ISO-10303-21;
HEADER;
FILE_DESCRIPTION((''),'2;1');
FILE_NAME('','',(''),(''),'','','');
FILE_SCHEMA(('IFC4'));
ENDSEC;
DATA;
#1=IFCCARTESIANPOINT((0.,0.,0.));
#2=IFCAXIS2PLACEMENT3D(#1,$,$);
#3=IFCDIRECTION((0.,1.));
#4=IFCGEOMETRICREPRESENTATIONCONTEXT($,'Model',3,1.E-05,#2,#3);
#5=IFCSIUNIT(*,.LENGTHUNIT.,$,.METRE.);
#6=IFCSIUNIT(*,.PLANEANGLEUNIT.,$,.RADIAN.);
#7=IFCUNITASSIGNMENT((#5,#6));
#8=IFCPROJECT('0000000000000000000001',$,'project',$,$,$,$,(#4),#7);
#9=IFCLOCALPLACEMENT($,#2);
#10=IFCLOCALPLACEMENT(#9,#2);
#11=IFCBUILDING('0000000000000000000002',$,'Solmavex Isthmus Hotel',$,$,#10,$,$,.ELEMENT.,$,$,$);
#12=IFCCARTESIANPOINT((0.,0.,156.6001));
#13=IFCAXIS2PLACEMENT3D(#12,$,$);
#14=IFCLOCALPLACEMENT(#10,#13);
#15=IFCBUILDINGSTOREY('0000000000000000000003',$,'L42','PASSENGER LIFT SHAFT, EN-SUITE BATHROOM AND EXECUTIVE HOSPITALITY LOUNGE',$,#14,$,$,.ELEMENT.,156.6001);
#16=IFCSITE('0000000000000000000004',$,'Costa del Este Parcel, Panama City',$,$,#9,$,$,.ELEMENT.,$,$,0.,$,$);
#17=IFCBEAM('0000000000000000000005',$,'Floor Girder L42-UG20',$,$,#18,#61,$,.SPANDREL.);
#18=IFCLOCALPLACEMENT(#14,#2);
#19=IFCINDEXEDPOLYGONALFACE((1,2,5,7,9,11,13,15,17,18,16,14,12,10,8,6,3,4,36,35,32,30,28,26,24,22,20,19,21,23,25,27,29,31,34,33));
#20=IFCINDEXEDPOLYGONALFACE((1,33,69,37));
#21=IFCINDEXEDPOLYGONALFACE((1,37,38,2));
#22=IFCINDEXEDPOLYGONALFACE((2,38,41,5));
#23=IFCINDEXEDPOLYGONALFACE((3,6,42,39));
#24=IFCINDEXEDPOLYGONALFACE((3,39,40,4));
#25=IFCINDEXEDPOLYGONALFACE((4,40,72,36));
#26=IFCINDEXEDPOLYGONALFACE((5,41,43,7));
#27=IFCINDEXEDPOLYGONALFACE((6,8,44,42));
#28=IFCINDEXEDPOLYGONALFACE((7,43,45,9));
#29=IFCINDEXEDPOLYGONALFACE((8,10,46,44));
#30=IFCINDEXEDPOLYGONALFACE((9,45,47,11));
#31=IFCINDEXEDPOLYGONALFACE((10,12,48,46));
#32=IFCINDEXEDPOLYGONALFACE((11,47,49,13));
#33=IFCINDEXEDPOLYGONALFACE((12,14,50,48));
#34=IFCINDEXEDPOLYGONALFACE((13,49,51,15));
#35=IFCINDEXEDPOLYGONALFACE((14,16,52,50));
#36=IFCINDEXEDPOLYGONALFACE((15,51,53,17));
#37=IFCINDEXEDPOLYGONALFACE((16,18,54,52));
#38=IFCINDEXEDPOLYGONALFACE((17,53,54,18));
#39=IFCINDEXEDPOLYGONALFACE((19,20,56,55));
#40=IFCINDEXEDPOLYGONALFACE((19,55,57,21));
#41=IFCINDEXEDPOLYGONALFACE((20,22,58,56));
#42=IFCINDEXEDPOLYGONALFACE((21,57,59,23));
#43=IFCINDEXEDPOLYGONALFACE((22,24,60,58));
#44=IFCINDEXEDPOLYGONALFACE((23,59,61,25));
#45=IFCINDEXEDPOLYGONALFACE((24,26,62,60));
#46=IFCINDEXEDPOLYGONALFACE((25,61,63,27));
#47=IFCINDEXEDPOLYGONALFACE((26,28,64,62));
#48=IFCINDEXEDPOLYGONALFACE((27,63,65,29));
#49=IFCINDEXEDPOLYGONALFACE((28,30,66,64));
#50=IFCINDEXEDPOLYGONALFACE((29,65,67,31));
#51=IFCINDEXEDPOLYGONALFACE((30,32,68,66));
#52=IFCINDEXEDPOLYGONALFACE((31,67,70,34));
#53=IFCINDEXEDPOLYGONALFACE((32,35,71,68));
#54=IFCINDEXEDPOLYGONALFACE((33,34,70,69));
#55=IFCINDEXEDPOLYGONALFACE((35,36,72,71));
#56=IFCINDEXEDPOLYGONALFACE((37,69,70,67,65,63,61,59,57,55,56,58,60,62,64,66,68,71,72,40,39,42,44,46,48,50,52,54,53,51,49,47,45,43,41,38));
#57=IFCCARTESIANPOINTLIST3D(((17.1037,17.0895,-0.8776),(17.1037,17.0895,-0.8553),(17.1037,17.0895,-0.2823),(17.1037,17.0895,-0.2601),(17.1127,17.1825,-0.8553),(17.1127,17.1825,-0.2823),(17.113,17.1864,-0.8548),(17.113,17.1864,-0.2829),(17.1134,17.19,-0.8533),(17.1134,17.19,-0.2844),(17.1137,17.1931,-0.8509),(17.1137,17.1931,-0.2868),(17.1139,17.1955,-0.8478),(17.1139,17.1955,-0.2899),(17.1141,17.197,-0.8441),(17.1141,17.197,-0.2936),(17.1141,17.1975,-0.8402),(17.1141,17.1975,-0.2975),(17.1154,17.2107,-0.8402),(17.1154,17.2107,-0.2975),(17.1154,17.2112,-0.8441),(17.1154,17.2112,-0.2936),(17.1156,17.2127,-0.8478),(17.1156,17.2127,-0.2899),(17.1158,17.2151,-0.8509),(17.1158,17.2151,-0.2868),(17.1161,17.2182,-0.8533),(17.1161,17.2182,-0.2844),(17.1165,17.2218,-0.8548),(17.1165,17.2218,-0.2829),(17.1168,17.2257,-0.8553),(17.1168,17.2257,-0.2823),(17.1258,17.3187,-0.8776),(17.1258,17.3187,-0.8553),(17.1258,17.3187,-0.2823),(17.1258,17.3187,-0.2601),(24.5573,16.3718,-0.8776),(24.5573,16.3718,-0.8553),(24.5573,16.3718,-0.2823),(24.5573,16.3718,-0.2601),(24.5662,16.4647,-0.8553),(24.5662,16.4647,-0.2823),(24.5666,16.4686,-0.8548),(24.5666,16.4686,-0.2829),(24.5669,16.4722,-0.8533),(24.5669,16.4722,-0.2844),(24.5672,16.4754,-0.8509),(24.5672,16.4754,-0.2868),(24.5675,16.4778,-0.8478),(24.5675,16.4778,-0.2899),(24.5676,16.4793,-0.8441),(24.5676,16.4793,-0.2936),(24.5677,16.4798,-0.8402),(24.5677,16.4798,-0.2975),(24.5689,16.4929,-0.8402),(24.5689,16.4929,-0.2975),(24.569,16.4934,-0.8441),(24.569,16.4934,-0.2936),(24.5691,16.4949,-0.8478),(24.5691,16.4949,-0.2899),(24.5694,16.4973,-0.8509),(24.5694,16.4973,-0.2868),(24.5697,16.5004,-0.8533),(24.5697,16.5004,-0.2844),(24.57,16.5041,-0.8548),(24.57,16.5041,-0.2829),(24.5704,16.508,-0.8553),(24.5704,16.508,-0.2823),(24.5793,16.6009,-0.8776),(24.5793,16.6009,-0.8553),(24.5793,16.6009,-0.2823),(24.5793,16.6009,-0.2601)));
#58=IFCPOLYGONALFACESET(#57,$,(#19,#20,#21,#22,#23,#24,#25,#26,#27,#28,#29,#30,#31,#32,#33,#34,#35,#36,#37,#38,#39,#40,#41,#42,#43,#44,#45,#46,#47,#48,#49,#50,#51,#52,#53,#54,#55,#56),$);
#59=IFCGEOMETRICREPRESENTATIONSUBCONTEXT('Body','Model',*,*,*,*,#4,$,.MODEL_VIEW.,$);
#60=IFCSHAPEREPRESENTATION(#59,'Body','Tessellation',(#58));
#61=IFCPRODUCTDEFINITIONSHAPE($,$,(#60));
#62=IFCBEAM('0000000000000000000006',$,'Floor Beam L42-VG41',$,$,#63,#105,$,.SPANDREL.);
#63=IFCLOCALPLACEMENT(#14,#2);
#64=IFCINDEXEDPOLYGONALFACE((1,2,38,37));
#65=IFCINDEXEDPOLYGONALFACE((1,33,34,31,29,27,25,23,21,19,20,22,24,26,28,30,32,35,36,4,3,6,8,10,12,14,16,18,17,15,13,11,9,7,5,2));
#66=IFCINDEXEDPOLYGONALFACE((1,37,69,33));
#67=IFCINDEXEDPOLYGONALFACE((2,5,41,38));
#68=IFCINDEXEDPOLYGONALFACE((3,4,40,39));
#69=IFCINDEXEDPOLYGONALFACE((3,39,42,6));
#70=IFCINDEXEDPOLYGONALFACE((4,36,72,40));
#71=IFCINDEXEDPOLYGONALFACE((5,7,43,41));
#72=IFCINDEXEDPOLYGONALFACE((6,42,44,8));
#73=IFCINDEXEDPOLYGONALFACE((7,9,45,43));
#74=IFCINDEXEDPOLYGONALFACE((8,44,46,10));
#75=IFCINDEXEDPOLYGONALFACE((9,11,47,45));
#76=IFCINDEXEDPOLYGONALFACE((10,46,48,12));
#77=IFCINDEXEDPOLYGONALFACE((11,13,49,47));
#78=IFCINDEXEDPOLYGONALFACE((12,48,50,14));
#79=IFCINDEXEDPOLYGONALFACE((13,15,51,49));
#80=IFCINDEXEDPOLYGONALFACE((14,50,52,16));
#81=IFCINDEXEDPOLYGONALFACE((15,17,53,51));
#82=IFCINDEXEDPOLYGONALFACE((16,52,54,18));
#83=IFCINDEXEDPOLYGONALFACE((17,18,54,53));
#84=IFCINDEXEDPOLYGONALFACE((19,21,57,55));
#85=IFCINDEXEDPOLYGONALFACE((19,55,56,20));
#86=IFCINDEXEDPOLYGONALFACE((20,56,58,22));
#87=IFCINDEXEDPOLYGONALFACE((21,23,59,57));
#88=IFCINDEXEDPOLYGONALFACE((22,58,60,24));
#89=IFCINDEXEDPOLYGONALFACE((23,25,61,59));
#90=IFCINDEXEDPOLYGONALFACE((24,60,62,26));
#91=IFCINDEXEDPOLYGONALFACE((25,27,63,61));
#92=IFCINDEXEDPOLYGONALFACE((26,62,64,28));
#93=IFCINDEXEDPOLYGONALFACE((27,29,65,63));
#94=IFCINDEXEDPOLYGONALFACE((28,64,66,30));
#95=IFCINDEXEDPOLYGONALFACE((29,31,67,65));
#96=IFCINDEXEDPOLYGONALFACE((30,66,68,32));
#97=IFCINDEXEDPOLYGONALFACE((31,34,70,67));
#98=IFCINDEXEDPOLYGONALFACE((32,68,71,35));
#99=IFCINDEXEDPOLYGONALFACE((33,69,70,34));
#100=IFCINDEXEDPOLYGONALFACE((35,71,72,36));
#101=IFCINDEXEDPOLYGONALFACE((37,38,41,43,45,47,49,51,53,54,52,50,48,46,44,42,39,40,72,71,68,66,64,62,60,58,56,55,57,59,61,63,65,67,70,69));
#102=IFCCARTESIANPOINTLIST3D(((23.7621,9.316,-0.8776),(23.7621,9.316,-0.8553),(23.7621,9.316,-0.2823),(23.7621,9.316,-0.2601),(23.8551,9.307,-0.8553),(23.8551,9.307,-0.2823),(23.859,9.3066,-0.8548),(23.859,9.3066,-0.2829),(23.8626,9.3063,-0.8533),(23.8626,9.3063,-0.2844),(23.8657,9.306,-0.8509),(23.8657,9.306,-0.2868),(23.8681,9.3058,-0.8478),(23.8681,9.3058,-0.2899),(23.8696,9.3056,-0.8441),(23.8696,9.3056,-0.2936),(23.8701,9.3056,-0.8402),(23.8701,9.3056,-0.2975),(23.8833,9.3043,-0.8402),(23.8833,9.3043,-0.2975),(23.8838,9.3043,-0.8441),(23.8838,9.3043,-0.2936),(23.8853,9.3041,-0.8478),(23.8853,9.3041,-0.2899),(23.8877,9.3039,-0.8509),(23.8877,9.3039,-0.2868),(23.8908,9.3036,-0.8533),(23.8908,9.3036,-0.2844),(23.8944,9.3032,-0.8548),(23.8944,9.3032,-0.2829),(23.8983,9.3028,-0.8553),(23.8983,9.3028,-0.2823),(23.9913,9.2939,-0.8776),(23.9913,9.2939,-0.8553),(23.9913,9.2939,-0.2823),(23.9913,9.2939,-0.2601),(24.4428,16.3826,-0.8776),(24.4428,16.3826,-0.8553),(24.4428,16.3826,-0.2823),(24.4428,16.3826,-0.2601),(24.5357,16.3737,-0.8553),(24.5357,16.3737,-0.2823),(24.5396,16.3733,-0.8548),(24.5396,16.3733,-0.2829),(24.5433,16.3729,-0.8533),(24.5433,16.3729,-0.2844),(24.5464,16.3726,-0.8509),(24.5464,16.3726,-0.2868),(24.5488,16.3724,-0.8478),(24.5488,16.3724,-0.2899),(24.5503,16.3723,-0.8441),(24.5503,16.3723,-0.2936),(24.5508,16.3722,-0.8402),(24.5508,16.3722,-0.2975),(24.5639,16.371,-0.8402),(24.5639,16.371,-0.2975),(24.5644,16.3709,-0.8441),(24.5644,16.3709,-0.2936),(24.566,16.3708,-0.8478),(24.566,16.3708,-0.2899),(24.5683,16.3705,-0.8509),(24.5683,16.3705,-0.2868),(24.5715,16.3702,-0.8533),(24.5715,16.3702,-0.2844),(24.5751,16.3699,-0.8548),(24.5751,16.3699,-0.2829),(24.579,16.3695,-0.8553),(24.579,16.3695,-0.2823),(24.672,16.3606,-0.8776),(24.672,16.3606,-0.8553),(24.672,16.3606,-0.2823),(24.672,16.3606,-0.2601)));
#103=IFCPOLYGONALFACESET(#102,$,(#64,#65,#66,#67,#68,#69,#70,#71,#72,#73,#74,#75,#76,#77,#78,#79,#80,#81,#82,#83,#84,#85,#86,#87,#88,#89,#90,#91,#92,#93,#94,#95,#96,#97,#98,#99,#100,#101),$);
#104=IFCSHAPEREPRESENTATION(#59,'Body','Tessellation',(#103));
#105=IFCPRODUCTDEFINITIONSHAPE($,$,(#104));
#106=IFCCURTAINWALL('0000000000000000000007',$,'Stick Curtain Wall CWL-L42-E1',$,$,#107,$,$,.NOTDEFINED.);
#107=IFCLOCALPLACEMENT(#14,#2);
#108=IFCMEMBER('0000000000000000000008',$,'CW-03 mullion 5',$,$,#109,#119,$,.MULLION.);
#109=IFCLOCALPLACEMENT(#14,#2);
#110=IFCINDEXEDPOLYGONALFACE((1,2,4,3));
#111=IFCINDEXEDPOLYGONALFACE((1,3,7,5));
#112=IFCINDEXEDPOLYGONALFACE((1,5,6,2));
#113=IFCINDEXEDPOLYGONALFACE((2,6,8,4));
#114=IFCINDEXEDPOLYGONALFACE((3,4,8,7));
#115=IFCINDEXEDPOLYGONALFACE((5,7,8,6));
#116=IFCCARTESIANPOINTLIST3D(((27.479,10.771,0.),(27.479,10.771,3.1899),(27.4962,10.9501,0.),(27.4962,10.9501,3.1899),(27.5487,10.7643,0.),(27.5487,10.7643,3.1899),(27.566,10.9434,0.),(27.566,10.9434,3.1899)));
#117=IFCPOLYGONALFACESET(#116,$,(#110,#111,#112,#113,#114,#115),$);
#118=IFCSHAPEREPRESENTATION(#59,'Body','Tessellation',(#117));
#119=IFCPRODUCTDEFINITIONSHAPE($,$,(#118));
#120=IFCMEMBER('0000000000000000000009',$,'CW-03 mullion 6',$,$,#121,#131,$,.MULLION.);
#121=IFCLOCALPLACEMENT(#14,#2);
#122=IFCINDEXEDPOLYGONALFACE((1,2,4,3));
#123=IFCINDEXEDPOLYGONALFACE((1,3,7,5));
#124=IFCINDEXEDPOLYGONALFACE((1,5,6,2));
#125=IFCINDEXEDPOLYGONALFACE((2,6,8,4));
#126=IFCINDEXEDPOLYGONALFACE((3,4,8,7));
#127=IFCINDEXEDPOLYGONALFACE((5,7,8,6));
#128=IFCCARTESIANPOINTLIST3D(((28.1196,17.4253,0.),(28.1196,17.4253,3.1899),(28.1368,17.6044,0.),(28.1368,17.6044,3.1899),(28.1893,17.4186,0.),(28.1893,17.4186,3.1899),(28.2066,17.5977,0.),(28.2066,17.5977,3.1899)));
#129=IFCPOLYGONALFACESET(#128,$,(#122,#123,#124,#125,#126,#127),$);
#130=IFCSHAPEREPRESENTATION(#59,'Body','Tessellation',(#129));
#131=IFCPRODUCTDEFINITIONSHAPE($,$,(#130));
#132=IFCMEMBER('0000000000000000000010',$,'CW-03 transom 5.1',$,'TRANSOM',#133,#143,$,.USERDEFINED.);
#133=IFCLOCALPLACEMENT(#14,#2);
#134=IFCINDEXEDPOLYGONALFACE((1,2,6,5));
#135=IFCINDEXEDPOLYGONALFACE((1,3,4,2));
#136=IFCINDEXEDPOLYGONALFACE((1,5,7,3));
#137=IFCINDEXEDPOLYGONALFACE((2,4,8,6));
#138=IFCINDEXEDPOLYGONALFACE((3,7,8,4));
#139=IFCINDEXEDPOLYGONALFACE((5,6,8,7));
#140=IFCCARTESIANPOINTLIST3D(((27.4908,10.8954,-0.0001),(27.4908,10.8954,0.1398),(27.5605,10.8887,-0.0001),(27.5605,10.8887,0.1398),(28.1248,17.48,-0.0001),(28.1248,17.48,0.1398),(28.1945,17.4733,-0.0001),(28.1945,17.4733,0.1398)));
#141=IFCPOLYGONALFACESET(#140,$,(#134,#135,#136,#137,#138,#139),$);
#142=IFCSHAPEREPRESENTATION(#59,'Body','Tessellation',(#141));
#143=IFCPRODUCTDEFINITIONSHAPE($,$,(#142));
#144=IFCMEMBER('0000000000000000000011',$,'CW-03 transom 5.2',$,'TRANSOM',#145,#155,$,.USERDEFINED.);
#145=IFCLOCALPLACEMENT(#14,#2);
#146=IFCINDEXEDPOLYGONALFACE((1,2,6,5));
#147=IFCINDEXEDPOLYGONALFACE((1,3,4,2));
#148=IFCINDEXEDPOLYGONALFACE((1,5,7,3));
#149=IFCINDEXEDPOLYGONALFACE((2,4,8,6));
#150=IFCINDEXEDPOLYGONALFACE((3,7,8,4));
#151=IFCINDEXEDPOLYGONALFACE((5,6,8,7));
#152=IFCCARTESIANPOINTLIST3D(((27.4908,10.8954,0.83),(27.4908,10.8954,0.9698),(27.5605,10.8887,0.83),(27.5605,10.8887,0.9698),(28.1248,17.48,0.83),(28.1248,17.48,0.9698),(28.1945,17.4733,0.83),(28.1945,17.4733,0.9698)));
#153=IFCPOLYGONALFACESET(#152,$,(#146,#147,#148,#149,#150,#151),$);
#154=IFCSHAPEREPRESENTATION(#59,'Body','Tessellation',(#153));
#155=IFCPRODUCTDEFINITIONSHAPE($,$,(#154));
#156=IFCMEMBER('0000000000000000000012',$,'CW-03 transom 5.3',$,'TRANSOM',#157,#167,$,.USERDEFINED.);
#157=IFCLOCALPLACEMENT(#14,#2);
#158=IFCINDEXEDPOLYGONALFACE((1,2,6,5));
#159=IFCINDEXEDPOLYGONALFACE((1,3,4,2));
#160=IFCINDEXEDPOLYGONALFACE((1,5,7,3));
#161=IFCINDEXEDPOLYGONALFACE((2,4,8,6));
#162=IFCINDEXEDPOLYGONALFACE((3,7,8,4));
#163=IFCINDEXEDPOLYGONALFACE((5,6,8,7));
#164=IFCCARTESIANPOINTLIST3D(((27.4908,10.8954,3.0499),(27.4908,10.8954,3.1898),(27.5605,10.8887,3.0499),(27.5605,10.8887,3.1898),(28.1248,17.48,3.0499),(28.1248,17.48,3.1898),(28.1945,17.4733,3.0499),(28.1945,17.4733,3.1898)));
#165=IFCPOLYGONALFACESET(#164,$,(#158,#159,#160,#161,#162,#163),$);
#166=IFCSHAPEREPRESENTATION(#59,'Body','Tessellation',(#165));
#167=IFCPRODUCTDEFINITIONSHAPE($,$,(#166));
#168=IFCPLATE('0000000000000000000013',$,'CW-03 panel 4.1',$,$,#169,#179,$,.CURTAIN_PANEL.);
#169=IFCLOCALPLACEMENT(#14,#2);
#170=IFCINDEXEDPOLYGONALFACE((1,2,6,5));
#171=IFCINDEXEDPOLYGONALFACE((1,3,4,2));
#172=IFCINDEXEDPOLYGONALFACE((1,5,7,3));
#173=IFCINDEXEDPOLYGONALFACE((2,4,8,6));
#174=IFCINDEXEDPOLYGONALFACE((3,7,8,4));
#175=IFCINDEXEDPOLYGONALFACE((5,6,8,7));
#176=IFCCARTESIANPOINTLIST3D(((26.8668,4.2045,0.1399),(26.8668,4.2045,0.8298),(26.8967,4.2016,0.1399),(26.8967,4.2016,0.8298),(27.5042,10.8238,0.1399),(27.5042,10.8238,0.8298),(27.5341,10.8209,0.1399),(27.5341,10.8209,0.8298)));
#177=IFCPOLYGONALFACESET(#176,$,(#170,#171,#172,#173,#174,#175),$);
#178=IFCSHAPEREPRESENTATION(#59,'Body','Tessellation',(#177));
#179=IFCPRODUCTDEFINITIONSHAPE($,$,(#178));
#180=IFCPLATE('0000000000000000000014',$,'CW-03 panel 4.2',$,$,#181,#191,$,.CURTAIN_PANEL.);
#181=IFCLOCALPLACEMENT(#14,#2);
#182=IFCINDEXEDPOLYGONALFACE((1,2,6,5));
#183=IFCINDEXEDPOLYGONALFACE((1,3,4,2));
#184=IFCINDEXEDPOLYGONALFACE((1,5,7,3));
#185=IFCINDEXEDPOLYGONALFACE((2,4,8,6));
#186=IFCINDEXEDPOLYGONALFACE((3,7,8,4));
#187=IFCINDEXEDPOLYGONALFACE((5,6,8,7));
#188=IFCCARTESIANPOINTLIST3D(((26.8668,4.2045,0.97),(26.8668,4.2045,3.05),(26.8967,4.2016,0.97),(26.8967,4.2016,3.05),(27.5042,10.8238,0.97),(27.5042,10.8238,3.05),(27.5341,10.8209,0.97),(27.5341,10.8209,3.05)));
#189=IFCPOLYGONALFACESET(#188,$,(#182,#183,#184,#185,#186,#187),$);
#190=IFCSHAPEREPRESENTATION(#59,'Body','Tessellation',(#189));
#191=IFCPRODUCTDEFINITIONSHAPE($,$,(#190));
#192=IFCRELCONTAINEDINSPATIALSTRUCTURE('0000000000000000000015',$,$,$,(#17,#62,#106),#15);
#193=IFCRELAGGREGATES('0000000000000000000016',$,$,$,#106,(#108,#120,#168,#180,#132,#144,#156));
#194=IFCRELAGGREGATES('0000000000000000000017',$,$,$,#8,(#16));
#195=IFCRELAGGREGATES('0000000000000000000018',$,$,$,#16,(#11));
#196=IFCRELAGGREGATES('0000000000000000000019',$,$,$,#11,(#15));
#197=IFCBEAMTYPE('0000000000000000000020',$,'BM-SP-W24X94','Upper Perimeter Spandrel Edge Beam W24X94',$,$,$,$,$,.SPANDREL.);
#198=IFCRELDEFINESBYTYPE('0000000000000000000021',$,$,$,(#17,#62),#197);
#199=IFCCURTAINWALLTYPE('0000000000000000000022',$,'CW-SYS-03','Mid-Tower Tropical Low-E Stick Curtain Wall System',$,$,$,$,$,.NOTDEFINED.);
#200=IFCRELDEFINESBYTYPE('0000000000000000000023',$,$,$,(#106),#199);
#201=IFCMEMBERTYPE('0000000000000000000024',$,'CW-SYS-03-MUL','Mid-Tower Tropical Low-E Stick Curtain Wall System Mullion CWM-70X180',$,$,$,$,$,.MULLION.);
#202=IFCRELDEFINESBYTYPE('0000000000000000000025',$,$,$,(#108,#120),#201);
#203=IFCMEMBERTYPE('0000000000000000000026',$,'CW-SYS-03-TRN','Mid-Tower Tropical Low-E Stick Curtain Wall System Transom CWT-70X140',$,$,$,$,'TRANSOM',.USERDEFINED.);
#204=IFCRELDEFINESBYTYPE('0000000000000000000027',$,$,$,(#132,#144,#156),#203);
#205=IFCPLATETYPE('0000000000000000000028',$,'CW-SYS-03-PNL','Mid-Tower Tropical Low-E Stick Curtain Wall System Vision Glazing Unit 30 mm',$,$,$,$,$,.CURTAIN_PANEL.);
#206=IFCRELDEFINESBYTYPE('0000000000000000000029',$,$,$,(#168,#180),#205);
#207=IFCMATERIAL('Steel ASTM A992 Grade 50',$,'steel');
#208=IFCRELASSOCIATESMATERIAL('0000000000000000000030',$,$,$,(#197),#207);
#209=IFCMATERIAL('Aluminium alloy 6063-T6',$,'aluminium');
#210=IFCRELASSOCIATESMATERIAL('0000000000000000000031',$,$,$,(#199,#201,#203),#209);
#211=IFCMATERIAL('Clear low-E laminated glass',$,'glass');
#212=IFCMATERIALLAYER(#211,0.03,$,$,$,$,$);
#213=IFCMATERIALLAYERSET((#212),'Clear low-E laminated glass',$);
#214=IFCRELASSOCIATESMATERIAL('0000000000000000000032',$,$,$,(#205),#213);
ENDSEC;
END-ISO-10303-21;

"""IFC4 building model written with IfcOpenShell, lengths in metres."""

from ifc_helpers import new_model, si_unit, direction, frame, origin, origin_2d, place, context, subcontext, project, spatial, rectangle, i_section, extrude, material, layer, layer_set, material_profile, profile_set, type_object, element, aggregate, save


model = new_model("IFC4")

# Units and contexts
model_context = context("Model", 3, precision=1e-05, world=origin(), true_north=direction((0.0, 1.0)))
body_context = subcontext(model_context, "Body", "Model", "MODEL_VIEW")
ifc_project = project(units=[si_unit("LENGTHUNIT", "METRE"), si_unit("PLANEANGLEUNIT", "RADIAN")], contexts=[model_context])

# Site, building, storey
site_placement = place(None, origin())
site = spatial("IfcSite", under=ifc_project, at=site_placement, Name="Costa del Este Parcel, Panama City", CompositionType="ELEMENT", RefElevation=0.0)
building_placement = place(site_placement, origin())
building = spatial("IfcBuilding", under=site, at=building_placement, Name="Solmavex Isthmus Hotel", CompositionType="ELEMENT")
storey_placement = place(building_placement, frame((0.0, 0.0, 156.6001)))
storey = spatial("IfcBuildingStorey", under=building, at=storey_placement, Name="L42", Description="PASSENGER LIFT SHAFT, EN-SUITE BATHROOM AND EXECUTIVE HOSPITALITY LOUNGE", CompositionType="ELEMENT", Elevation=156.6001)

# Beams
ifc_material_1 = material(Name="Steel ASTM A992 Grade 50", Category="steel")
ifc_material_profile_1 = material_profile(ifc_material_1, i_section(OverallWidth=0.2302, OverallDepth=0.6174, WebThickness=0.0132, FlangeThickness=0.0222, FilletRadius=0.0151, at=origin_2d()), Name="W24X94")
ifc_profile_set_1 = profile_set([ifc_material_profile_1], Name="Steel ASTM A992 Grade 50")
beam_type_1 = type_object("IfcBeamType", Name="BM-SP-W24X94", Description="Upper Perimeter Spandrel Edge Beam W24X94", PredefinedType="SPANDREL", material=ifc_profile_set_1)
beam_1_placement = place(storey_placement, frame((17.1147, 17.2041, -0.5688), z_axis=(0.995395, -0.095855, 0.0), x_axis=(0.095855, 0.995395, 0.0)))
element("IfcBeam", 1, at=beam_1_placement, inside=storey, type_object=beam_type_1, Name="Floor Girder L42-UG20", PredefinedType="SPANDREL", context=body_context, shape_type="SweptSolid", body=[
    extrude(i_section(OverallWidth=0.2302, OverallDepth=0.6174, WebThickness=0.0132, FlangeThickness=0.0222, FilletRadius=0.0151, at=origin_2d()), origin(), (0.0, 0.0, 1.0), 7.488),
])
beam_2_placement = place(storey_placement, frame((23.8767, 9.3049, -0.5688), z_axis=(0.095877, 0.995393, 0.0), x_axis=(-0.995393, 0.095877, 0.0)))
element("IfcBeam", 2, at=beam_2_placement, inside=storey, type_object=beam_type_1, Name="Floor Beam L42-VG41", PredefinedType="SPANDREL", context=body_context, shape_type="SweptSolid", body=[
    extrude(i_section(OverallWidth=0.2302, OverallDepth=0.6174, WebThickness=0.0132, FlangeThickness=0.0222, FilletRadius=0.0151, at=origin_2d()), origin(), (0.0, 0.0, 1.0), 7.0994),
])

# Curtain wall, members, plates
ifc_material_2 = material(Name="Aluminium alloy 6063-T6", Category="aluminium")
curtain_wall_type = type_object("IfcCurtainWallType", Name="CW-SYS-03", Description="Mid-Tower Tropical Low-E Stick Curtain Wall System", PredefinedType="NOTDEFINED", material=ifc_material_2)
curtain_wall_placement = place(storey_placement, origin())
curtain_wall = element("IfcCurtainWall", 3, at=curtain_wall_placement, inside=storey, type_object=curtain_wall_type, Name="Stick Curtain Wall CWL-L42-E1", PredefinedType="NOTDEFINED")
ifc_material_profile_2 = material_profile(ifc_material_2, rectangle(XDim=0.0701, YDim=0.1799, at=origin_2d()), Name="CWM-70X180")
ifc_profile_set_2 = profile_set([ifc_material_profile_2], Name="Aluminium alloy 6063-T6")
member_type_1 = type_object("IfcMemberType", Name="CW-SYS-03-MUL", Description="Mid-Tower Tropical Low-E Stick Curtain Wall System Mullion CWM-70X180", PredefinedType="MULLION", material=ifc_profile_set_2)
member_1_placement = place(storey_placement, frame((27.5225, 10.8572, 0.0), z_axis=(0.0, 0.0, 1.0), x_axis=(-0.995396, 0.095846, 0.0)))
member_1 = element("IfcMember", 4, at=member_1_placement, type_object=member_type_1, Name="CW-03 mullion 5", PredefinedType="MULLION", context=body_context, shape_type="SweptSolid", body=[
    extrude(rectangle(XDim=0.0701, YDim=0.1799, at=origin_2d()), origin(), (0.0, 0.0, 1.0), 3.1899),
])
member_2_placement = place(storey_placement, frame((28.1631, 17.5115, 0.0), z_axis=(0.0, 0.0, 1.0), x_axis=(-0.995396, 0.095846, 0.0)))
member_2 = element("IfcMember", 5, at=member_2_placement, type_object=member_type_1, Name="CW-03 mullion 6", PredefinedType="MULLION", context=body_context, shape_type="SweptSolid", body=[
    extrude(rectangle(XDim=0.0701, YDim=0.1799, at=origin_2d()), origin(), (0.0, 0.0, 1.0), 3.1899),
])
ifc_material_profile_3 = material_profile(ifc_material_2, rectangle(XDim=0.0701, YDim=0.1399, at=origin_2d()), Name="CWT-70X140")
ifc_profile_set_3 = profile_set([ifc_material_profile_3], Name="Aluminium alloy 6063-T6")
member_type_2 = type_object("IfcMemberType", Name="CW-SYS-03-TRN", Description="Mid-Tower Tropical Low-E Stick Curtain Wall System Transom CWT-70X140", ElementType="TRANSOM", PredefinedType="USERDEFINED", material=ifc_profile_set_3)
member_3_placement = place(storey_placement, frame((27.5256, 10.8921, 0.0698), z_axis=(0.095849, 0.995396, 0.0), x_axis=(-0.995396, 0.095849, 0.0)))
member_3 = element("IfcMember", 6, at=member_3_placement, type_object=member_type_2, Name="CW-03 transom 5.1", ObjectType="TRANSOM", PredefinedType="USERDEFINED", context=body_context, shape_type="SweptSolid", body=[
    extrude(rectangle(XDim=0.0701, YDim=0.1399, at=origin_2d()), origin(), (0.0, 0.0, 1.0), 6.615),
])
member_4_placement = place(storey_placement, frame((27.5256, 10.8921, 0.8999), z_axis=(0.095849, 0.995396, 0.0), x_axis=(-0.995396, 0.095849, 0.0)))
member_4 = element("IfcMember", 7, at=member_4_placement, type_object=member_type_2, Name="CW-03 transom 5.2", ObjectType="TRANSOM", PredefinedType="USERDEFINED", context=body_context, shape_type="SweptSolid", body=[
    extrude(rectangle(XDim=0.0701, YDim=0.1399, at=origin_2d()), origin(), (0.0, 0.0, 1.0), 6.615),
])
member_5_placement = place(storey_placement, frame((27.5256, 10.8921, 3.1199), z_axis=(0.095849, 0.995396, 0.0), x_axis=(-0.995396, 0.095849, 0.0)))
member_5 = element("IfcMember", 8, at=member_5_placement, type_object=member_type_2, Name="CW-03 transom 5.3", ObjectType="TRANSOM", PredefinedType="USERDEFINED", context=body_context, shape_type="SweptSolid", body=[
    extrude(rectangle(XDim=0.0701, YDim=0.1399, at=origin_2d()), origin(), (0.0, 0.0, 1.0), 6.615),
])
ifc_material_3 = material(Name="Clear low-E laminated glass", Category="glass")
ifc_layer_1 = layer(ifc_material_3, 0.03)
ifc_layer_set_1 = layer_set([ifc_layer_1], Name="Clear low-E laminated glass")
plate_type = type_object("IfcPlateType", Name="CW-SYS-03-PNL", Description="Mid-Tower Tropical Low-E Stick Curtain Wall System Vision Glazing Unit 30 mm", PredefinedType="CURTAIN_PANEL", material=ifc_layer_set_1)
plate_1_placement = place(storey_placement, frame((27.2004, 7.5127, 0.1399), z_axis=(0.0, 0.0, 1.0), x_axis=(0.095846, 0.995396, 0.0)))
plate_1 = element("IfcPlate", 9, at=plate_1_placement, type_object=plate_type, Name="CW-03 panel 4.1", PredefinedType="CURTAIN_PANEL", context=body_context, shape_type="SweptSolid", body=[
    extrude(rectangle(XDim=6.6499, YDim=0.03, at=origin_2d()), origin(), (0.0, 0.0, 1.0), 0.6899),
])
plate_2_placement = place(storey_placement, frame((27.2004, 7.5127, 0.97), z_axis=(0.0, 0.0, 1.0), x_axis=(0.095846, 0.995396, 0.0)))
plate_2 = element("IfcPlate", 10, at=plate_2_placement, type_object=plate_type, Name="CW-03 panel 4.2", PredefinedType="CURTAIN_PANEL", context=body_context, shape_type="SweptSolid", body=[
    extrude(rectangle(XDim=6.6499, YDim=0.03, at=origin_2d()), origin(), (0.0, 0.0, 1.0), 2.0801),
])
aggregate(curtain_wall, [member_1, member_2, plate_1, plate_2, member_3, member_4, member_5])

save(model, "model.ifc")
